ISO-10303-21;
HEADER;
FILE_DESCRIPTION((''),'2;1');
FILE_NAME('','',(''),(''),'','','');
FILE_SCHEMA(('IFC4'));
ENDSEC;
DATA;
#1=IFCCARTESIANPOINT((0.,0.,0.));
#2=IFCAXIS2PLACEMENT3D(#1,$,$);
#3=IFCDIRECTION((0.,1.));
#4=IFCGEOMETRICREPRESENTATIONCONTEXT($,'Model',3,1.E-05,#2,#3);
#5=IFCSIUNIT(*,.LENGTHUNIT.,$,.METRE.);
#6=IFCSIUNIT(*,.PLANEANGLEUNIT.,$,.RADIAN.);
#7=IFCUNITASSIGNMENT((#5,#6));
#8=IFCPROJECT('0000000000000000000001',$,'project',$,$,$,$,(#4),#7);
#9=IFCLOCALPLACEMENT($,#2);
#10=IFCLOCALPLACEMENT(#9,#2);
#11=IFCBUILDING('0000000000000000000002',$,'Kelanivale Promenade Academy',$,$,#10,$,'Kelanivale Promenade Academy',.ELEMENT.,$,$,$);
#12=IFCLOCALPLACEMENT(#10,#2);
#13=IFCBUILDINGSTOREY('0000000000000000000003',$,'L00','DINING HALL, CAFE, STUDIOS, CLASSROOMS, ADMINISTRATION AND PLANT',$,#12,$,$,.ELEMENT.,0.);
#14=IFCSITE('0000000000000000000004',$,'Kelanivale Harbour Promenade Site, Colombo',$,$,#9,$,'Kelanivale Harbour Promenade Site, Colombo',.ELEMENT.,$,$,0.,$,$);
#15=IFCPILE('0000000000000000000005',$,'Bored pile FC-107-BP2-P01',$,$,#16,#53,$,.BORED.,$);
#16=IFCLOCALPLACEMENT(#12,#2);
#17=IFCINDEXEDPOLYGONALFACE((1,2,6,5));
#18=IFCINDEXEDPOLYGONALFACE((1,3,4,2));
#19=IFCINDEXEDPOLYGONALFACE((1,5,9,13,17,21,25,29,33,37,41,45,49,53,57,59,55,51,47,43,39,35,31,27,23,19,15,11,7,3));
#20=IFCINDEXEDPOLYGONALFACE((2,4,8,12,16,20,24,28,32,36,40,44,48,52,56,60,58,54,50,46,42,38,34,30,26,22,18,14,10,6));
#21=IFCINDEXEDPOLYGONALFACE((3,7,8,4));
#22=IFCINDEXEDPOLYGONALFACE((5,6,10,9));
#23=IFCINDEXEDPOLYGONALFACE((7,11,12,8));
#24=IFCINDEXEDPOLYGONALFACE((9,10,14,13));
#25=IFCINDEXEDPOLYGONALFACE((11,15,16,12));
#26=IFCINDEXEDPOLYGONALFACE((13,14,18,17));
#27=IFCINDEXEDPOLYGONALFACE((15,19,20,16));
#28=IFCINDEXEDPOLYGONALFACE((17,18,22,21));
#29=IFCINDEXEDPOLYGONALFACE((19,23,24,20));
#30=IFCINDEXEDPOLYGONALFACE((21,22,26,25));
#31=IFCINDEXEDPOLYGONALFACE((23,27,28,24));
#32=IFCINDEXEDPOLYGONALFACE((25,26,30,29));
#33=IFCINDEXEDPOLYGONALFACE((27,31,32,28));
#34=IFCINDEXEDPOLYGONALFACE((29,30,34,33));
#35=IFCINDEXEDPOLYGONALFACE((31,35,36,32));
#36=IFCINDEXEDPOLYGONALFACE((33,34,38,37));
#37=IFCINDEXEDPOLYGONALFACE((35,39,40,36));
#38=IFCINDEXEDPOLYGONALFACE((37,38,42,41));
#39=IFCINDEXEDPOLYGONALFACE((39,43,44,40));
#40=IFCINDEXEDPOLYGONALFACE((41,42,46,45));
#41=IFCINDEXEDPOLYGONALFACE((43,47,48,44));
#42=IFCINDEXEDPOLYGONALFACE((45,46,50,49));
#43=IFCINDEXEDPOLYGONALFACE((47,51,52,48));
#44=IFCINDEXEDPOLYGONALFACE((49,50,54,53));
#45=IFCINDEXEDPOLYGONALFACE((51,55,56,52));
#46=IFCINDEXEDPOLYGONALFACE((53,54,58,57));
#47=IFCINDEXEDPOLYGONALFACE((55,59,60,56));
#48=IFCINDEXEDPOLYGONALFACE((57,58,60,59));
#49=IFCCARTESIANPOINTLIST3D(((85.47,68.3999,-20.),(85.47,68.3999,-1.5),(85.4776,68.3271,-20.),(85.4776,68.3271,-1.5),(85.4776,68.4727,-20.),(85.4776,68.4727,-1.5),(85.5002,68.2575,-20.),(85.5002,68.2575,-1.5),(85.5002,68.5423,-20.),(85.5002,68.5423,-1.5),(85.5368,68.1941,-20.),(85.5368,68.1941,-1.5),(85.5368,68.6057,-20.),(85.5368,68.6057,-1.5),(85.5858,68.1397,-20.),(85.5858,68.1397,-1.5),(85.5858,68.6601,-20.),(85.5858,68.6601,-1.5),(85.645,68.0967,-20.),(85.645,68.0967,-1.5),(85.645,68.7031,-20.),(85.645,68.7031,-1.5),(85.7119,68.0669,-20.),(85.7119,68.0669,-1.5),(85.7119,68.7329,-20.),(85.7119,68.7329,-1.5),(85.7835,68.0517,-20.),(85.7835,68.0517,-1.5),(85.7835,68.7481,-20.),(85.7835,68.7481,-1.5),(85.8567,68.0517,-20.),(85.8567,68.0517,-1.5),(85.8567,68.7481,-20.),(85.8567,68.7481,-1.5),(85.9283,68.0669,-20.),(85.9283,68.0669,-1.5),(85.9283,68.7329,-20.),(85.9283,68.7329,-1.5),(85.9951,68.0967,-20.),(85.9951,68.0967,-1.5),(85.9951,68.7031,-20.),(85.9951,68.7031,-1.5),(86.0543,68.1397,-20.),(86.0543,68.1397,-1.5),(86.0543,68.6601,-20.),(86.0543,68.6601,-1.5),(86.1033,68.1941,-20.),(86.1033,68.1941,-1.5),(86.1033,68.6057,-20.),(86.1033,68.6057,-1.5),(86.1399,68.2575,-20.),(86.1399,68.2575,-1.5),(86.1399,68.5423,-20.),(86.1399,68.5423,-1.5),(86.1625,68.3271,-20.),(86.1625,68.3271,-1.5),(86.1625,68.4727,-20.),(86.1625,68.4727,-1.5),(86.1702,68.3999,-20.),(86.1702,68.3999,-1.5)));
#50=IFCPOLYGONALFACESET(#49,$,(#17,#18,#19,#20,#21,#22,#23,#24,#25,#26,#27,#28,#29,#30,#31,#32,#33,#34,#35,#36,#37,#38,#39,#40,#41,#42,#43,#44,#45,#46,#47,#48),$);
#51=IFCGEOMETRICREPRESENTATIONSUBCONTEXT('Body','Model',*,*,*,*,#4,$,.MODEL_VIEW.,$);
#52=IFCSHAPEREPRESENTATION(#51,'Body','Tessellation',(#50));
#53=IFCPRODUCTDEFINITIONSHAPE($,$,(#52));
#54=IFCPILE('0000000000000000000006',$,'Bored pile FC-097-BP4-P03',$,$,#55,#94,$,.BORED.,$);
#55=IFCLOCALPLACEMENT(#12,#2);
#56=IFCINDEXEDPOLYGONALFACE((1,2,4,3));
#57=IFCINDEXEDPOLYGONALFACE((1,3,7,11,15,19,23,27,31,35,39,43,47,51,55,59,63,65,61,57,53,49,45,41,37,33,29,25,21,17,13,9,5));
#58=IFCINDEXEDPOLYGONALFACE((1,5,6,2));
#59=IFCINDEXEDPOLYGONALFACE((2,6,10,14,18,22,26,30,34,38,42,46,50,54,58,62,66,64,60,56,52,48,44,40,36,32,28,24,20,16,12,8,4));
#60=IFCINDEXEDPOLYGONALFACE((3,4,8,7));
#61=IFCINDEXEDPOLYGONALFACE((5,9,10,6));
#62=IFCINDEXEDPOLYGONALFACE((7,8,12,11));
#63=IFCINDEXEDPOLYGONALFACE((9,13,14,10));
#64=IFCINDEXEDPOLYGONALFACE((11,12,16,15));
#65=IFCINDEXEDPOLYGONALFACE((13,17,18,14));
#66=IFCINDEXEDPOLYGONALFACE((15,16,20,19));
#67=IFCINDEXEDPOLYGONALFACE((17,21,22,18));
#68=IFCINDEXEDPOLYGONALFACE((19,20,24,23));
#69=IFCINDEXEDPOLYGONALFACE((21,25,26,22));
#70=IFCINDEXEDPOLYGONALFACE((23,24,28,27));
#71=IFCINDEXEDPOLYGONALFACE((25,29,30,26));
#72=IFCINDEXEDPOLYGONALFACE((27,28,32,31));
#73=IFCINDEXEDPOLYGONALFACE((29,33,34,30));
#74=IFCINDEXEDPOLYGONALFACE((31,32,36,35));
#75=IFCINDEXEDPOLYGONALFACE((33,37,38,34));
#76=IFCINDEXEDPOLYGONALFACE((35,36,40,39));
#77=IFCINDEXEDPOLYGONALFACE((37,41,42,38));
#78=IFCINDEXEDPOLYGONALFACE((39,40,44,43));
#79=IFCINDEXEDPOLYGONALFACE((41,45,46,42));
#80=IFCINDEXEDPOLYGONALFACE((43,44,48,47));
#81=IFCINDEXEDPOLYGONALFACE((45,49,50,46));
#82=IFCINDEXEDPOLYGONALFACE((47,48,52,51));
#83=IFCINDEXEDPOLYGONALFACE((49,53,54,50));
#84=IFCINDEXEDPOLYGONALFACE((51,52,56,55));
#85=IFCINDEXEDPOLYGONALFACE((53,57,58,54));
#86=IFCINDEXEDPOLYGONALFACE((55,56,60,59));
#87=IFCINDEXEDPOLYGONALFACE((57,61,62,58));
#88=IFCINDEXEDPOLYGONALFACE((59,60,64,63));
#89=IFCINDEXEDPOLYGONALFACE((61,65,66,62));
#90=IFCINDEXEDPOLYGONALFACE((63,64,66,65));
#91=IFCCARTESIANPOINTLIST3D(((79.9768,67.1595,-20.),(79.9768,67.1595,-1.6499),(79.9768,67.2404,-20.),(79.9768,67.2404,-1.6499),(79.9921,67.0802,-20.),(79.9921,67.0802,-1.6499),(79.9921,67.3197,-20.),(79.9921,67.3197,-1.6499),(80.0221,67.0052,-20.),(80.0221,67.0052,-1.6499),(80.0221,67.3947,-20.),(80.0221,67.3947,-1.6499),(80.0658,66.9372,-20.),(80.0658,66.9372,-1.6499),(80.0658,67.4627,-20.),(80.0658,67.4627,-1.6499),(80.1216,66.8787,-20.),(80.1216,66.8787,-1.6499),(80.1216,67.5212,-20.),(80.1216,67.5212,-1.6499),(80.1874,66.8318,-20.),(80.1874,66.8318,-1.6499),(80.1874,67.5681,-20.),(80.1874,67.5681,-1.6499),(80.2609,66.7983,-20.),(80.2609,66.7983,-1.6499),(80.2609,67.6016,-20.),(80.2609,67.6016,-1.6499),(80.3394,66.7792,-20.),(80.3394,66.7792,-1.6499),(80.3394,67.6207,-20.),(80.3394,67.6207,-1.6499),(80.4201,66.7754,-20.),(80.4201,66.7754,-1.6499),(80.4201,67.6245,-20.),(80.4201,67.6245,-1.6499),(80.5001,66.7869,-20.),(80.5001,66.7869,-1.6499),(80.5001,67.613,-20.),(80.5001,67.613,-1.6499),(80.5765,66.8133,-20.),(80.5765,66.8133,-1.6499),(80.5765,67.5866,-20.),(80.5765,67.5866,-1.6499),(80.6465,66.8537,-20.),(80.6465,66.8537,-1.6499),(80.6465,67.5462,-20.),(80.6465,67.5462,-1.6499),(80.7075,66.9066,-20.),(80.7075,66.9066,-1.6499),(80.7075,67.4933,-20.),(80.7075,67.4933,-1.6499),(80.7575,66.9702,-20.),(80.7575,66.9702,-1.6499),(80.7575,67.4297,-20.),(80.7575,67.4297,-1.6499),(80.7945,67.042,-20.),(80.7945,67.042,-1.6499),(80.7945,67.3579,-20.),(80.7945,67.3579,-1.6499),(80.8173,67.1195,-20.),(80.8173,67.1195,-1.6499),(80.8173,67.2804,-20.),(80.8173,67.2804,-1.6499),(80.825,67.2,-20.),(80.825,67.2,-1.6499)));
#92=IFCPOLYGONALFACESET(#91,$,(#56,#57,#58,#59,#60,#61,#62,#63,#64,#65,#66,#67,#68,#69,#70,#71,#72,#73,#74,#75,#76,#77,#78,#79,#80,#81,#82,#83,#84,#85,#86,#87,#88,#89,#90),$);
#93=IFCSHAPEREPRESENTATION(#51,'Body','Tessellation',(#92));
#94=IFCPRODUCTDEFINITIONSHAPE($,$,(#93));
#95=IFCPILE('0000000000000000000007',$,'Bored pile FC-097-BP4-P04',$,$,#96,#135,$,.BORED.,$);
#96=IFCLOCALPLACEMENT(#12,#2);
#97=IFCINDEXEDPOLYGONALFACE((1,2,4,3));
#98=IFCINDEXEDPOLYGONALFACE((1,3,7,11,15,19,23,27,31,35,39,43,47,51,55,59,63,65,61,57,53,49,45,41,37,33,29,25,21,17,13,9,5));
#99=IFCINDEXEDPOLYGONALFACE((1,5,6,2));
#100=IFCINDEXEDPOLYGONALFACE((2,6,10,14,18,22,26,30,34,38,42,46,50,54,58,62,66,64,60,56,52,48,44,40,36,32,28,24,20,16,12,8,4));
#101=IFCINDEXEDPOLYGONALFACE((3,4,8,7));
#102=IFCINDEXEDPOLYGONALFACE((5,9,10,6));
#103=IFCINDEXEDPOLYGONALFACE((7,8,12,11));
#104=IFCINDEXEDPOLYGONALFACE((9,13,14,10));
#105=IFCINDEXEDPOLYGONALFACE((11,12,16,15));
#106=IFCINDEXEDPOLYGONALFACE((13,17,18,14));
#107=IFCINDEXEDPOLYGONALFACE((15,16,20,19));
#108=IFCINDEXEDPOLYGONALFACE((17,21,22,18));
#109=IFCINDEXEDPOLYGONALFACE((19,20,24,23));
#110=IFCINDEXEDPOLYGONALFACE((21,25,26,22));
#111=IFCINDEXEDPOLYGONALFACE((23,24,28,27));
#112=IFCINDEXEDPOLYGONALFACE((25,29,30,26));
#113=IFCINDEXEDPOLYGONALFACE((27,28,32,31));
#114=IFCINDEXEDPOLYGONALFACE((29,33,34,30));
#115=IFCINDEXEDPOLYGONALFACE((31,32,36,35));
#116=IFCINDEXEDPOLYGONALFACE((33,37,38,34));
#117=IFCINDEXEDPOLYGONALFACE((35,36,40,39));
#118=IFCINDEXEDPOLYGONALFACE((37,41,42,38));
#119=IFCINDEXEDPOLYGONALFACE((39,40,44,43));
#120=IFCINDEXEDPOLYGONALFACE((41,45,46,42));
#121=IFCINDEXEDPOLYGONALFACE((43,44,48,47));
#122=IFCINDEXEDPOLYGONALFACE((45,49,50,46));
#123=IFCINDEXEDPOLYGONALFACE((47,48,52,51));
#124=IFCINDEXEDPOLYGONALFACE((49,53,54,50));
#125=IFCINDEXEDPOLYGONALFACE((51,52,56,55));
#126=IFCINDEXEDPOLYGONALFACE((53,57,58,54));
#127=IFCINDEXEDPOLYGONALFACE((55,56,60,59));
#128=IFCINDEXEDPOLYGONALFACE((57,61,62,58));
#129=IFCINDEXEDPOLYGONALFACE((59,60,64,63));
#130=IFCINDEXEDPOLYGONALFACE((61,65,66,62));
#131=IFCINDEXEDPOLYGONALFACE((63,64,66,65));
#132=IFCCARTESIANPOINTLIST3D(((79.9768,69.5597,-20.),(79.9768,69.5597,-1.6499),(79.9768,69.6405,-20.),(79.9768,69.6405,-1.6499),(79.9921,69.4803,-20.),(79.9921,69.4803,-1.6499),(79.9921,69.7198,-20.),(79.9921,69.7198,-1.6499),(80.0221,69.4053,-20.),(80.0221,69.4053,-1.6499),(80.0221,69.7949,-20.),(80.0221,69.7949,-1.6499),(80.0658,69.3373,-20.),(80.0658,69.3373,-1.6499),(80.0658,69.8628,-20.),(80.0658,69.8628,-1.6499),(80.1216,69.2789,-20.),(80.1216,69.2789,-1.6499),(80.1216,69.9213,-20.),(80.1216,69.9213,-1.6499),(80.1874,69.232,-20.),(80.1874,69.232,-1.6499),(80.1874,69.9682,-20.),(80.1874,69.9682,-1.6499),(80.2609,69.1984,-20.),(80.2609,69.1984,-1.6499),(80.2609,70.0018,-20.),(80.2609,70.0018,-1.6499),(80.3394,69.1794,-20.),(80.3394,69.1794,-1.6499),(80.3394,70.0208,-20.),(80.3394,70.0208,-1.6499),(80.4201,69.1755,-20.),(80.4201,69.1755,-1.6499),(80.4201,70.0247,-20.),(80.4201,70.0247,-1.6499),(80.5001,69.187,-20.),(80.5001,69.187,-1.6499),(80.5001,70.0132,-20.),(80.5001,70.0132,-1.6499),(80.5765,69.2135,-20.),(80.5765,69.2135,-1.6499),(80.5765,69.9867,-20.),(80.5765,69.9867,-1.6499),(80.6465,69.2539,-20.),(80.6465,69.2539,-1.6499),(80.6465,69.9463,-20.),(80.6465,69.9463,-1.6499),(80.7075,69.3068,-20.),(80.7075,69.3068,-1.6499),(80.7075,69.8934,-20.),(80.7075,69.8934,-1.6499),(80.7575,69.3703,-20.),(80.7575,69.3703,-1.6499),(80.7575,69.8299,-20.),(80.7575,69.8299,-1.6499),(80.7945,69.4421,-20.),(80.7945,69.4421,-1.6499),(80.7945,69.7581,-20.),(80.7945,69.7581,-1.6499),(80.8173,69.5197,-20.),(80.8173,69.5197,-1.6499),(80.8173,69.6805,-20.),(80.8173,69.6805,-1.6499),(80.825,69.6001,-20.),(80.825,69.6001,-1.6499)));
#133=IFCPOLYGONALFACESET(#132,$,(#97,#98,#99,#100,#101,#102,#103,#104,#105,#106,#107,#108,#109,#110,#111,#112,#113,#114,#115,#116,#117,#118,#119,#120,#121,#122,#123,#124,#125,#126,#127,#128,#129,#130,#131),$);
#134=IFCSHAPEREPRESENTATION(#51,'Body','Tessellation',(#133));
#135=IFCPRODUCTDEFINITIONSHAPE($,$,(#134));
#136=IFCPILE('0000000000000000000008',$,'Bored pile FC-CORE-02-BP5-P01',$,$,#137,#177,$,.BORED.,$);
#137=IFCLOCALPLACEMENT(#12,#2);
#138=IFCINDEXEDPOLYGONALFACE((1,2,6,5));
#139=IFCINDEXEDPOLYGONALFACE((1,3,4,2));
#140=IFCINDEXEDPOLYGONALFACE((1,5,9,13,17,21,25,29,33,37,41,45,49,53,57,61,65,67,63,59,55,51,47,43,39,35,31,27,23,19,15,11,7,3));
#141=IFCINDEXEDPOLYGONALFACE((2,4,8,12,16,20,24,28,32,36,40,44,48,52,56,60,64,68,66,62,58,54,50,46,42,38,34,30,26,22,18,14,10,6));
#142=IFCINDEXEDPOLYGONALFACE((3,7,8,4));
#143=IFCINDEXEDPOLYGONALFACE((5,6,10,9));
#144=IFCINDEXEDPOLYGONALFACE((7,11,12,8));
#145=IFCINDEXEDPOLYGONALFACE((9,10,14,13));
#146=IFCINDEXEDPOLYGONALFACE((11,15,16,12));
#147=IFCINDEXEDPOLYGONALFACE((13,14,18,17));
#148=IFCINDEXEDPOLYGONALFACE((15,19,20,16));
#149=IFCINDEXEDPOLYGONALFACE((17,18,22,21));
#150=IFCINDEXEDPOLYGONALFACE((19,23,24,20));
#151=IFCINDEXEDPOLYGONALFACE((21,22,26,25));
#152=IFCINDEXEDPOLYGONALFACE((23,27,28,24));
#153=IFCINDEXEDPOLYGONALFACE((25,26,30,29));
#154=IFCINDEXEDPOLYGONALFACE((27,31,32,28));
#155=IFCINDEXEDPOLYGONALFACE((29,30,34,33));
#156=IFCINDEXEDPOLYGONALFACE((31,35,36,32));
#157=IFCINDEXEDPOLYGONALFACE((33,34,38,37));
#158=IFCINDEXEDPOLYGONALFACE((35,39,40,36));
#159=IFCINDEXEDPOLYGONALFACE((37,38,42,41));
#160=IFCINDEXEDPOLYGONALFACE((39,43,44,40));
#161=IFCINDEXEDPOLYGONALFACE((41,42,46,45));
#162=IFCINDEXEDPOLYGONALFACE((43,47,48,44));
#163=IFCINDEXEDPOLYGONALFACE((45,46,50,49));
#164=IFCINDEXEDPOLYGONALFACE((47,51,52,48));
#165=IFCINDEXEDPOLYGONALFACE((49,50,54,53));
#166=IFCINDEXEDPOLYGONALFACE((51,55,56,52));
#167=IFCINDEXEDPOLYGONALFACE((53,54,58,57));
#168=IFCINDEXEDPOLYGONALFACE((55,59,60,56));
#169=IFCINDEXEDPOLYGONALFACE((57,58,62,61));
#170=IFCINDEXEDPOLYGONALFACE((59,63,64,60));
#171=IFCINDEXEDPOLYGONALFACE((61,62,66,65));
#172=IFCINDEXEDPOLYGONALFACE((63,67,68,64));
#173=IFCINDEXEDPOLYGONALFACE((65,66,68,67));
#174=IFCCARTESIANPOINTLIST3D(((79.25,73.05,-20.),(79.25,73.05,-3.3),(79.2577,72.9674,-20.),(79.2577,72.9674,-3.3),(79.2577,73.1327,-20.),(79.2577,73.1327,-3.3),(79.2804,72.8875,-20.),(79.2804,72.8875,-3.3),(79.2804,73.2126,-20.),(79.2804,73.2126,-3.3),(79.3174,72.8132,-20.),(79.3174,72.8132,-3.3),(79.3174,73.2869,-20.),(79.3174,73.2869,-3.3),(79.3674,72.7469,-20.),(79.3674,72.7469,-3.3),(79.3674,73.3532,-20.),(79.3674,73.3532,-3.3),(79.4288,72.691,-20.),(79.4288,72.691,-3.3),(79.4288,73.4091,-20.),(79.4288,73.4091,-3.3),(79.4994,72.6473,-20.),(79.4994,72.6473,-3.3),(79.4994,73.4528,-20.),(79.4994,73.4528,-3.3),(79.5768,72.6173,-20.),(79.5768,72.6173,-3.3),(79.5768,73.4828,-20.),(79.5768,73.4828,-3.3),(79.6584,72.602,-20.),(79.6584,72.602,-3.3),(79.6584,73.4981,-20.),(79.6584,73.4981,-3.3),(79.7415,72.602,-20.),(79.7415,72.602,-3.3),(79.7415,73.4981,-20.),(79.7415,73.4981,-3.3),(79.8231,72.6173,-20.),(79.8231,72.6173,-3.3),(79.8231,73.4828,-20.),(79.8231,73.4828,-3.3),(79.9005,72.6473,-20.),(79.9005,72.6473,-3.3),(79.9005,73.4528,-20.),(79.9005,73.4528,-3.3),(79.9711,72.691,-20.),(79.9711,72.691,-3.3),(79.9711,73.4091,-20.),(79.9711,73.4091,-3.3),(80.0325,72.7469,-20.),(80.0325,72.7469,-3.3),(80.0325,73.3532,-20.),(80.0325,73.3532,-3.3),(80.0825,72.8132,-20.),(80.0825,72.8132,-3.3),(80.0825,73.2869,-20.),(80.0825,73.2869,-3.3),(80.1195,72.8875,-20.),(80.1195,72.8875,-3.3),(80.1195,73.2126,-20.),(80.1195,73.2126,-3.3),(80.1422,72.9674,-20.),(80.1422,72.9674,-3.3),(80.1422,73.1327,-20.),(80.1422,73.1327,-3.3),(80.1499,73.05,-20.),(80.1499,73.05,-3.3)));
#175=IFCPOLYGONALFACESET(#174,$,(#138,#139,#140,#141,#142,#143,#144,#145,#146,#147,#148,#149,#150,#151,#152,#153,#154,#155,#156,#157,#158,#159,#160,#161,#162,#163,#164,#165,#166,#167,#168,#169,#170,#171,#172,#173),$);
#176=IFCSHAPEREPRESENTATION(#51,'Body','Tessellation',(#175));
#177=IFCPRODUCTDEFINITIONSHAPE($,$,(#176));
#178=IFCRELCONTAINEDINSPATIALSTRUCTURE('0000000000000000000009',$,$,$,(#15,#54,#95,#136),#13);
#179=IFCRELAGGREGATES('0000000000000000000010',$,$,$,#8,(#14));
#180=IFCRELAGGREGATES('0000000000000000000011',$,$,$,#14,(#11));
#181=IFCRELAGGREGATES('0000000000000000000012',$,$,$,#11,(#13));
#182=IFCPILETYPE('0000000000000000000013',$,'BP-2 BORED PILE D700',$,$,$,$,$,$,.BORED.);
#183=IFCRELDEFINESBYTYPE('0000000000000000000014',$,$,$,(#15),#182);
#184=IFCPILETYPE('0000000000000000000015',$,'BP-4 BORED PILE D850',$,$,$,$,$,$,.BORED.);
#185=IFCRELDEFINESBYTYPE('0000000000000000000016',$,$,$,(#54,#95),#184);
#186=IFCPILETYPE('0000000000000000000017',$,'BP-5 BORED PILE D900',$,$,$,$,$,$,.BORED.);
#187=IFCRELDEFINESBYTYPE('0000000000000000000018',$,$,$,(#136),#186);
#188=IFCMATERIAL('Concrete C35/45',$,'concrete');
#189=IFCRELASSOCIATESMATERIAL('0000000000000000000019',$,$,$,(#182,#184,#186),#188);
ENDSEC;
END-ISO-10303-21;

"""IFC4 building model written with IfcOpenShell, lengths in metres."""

from ifc_helpers import new_model, si_unit, direction, frame, origin, origin_2d, place, context, subcontext, project, spatial, circle, extrude, material, material_profile, profile_set, type_object, element, save


model = new_model("IFC4")

# Units and contexts
model_context = context("Model", 3, precision=1e-05, world=origin(), true_north=direction((0.0, 1.0)))
body_context = subcontext(model_context, "Body", "Model", "MODEL_VIEW")
ifc_project = project(units=[si_unit("LENGTHUNIT", "METRE"), si_unit("PLANEANGLEUNIT", "RADIAN")], contexts=[model_context])

# Site, building, storey
site_placement = place(None, origin())
site = spatial("IfcSite", under=ifc_project, at=site_placement, Name="Kelanivale Harbour Promenade Site, Colombo", LongName="Kelanivale Harbour Promenade Site, Colombo", CompositionType="ELEMENT", RefElevation=0.0)
building_placement = place(site_placement, origin())
building = spatial("IfcBuilding", under=site, at=building_placement, Name="Kelanivale Promenade Academy", LongName="Kelanivale Promenade Academy", CompositionType="ELEMENT")
storey_placement = place(building_placement, origin())
storey = spatial("IfcBuildingStorey", under=building, at=storey_placement, Name="L00", Description="DINING HALL, CAFE, STUDIOS, CLASSROOMS, ADMINISTRATION AND PLANT", CompositionType="ELEMENT", Elevation=0.0)

# Piles
ifc_material_1 = material(Name="Concrete C35/45", Category="concrete")
ifc_material_profile_1 = material_profile(ifc_material_1, circle(Radius=0.3501, at=origin_2d()), Name="BORED PILE D700")
ifc_profile_set_1 = profile_set([ifc_material_profile_1], Name="Concrete C35/45")
pile_type_1 = type_object("IfcPileType", Name="BP-2 BORED PILE D700", PredefinedType="BORED", material=ifc_profile_set_1)
pile_placement = place(storey_placement, frame((85.8201, 68.3999, -1.5), z_axis=(0.0, 0.0, -1.0), x_axis=(1.0, 0.0, 0.0)))
element("IfcPile", 1, at=pile_placement, inside=storey, type_object=pile_type_1, Name="Bored pile FC-107-BP2-P01", PredefinedType="BORED", context=body_context, shape_type="SweptSolid", body=[
    extrude(circle(Radius=0.3501, at=origin_2d()), origin(), (0.0, 0.0, 1.0), 18.5),
])
ifc_material_profile_2 = material_profile(ifc_material_1, circle(Radius=0.425, at=origin_2d()), Name="BORED PILE D850")
ifc_profile_set_2 = profile_set([ifc_material_profile_2], Name="Concrete C35/45")
pile_type_2 = type_object("IfcPileType", Name="BP-4 BORED PILE D850", PredefinedType="BORED", material=ifc_profile_set_2)
for number, where, z_axis, x_axis, name in (
    (2, (80.3999, 67.2, -1.6499), (0.0, 0.0, -1.0), (1.0, 0.0, 0.0), "Bored pile FC-097-BP4-P03"),
    (3, (80.3999, 69.6001, -1.6499), (0.0, 0.0, -1.0), (1.0, 0.0, 0.0), "Bored pile FC-097-BP4-P04"),
):
    element("IfcPile", number, at=place(storey_placement, frame(where, z_axis=z_axis, x_axis=x_axis)), inside=storey, type_object=pile_type_2, Name=name, PredefinedType="BORED", context=body_context, shape_type="SweptSolid", body=[
        extrude(circle(Radius=0.425, at=origin_2d()), origin(), (0.0, 0.0, 1.0), 18.3501),
    ])
ifc_material_profile_3 = material_profile(ifc_material_1, circle(Radius=0.45, at=origin_2d()), Name="BORED PILE D900")
ifc_profile_set_3 = profile_set([ifc_material_profile_3], Name="Concrete C35/45")
pile_type_3 = type_object("IfcPileType", Name="BP-5 BORED PILE D900", PredefinedType="BORED", material=ifc_profile_set_3)
for number, where, z_axis, x_axis, name in (
    (4, (79.7, 73.05, -3.3), (0.0, 0.0, -1.0), (1.0, 0.0, 0.0), "Bored pile FC-CORE-02-BP5-P01"),
):
    element("IfcPile", number, at=place(storey_placement, frame(where, z_axis=z_axis, x_axis=x_axis)), inside=storey, type_object=pile_type_3, Name=name, PredefinedType="BORED", context=body_context, shape_type="SweptSolid", body=[
        extrude(circle(Radius=0.45, at=origin_2d()), origin(), (0.0, 0.0, 1.0), 16.7),
    ])

save(model, "model.ifc")
